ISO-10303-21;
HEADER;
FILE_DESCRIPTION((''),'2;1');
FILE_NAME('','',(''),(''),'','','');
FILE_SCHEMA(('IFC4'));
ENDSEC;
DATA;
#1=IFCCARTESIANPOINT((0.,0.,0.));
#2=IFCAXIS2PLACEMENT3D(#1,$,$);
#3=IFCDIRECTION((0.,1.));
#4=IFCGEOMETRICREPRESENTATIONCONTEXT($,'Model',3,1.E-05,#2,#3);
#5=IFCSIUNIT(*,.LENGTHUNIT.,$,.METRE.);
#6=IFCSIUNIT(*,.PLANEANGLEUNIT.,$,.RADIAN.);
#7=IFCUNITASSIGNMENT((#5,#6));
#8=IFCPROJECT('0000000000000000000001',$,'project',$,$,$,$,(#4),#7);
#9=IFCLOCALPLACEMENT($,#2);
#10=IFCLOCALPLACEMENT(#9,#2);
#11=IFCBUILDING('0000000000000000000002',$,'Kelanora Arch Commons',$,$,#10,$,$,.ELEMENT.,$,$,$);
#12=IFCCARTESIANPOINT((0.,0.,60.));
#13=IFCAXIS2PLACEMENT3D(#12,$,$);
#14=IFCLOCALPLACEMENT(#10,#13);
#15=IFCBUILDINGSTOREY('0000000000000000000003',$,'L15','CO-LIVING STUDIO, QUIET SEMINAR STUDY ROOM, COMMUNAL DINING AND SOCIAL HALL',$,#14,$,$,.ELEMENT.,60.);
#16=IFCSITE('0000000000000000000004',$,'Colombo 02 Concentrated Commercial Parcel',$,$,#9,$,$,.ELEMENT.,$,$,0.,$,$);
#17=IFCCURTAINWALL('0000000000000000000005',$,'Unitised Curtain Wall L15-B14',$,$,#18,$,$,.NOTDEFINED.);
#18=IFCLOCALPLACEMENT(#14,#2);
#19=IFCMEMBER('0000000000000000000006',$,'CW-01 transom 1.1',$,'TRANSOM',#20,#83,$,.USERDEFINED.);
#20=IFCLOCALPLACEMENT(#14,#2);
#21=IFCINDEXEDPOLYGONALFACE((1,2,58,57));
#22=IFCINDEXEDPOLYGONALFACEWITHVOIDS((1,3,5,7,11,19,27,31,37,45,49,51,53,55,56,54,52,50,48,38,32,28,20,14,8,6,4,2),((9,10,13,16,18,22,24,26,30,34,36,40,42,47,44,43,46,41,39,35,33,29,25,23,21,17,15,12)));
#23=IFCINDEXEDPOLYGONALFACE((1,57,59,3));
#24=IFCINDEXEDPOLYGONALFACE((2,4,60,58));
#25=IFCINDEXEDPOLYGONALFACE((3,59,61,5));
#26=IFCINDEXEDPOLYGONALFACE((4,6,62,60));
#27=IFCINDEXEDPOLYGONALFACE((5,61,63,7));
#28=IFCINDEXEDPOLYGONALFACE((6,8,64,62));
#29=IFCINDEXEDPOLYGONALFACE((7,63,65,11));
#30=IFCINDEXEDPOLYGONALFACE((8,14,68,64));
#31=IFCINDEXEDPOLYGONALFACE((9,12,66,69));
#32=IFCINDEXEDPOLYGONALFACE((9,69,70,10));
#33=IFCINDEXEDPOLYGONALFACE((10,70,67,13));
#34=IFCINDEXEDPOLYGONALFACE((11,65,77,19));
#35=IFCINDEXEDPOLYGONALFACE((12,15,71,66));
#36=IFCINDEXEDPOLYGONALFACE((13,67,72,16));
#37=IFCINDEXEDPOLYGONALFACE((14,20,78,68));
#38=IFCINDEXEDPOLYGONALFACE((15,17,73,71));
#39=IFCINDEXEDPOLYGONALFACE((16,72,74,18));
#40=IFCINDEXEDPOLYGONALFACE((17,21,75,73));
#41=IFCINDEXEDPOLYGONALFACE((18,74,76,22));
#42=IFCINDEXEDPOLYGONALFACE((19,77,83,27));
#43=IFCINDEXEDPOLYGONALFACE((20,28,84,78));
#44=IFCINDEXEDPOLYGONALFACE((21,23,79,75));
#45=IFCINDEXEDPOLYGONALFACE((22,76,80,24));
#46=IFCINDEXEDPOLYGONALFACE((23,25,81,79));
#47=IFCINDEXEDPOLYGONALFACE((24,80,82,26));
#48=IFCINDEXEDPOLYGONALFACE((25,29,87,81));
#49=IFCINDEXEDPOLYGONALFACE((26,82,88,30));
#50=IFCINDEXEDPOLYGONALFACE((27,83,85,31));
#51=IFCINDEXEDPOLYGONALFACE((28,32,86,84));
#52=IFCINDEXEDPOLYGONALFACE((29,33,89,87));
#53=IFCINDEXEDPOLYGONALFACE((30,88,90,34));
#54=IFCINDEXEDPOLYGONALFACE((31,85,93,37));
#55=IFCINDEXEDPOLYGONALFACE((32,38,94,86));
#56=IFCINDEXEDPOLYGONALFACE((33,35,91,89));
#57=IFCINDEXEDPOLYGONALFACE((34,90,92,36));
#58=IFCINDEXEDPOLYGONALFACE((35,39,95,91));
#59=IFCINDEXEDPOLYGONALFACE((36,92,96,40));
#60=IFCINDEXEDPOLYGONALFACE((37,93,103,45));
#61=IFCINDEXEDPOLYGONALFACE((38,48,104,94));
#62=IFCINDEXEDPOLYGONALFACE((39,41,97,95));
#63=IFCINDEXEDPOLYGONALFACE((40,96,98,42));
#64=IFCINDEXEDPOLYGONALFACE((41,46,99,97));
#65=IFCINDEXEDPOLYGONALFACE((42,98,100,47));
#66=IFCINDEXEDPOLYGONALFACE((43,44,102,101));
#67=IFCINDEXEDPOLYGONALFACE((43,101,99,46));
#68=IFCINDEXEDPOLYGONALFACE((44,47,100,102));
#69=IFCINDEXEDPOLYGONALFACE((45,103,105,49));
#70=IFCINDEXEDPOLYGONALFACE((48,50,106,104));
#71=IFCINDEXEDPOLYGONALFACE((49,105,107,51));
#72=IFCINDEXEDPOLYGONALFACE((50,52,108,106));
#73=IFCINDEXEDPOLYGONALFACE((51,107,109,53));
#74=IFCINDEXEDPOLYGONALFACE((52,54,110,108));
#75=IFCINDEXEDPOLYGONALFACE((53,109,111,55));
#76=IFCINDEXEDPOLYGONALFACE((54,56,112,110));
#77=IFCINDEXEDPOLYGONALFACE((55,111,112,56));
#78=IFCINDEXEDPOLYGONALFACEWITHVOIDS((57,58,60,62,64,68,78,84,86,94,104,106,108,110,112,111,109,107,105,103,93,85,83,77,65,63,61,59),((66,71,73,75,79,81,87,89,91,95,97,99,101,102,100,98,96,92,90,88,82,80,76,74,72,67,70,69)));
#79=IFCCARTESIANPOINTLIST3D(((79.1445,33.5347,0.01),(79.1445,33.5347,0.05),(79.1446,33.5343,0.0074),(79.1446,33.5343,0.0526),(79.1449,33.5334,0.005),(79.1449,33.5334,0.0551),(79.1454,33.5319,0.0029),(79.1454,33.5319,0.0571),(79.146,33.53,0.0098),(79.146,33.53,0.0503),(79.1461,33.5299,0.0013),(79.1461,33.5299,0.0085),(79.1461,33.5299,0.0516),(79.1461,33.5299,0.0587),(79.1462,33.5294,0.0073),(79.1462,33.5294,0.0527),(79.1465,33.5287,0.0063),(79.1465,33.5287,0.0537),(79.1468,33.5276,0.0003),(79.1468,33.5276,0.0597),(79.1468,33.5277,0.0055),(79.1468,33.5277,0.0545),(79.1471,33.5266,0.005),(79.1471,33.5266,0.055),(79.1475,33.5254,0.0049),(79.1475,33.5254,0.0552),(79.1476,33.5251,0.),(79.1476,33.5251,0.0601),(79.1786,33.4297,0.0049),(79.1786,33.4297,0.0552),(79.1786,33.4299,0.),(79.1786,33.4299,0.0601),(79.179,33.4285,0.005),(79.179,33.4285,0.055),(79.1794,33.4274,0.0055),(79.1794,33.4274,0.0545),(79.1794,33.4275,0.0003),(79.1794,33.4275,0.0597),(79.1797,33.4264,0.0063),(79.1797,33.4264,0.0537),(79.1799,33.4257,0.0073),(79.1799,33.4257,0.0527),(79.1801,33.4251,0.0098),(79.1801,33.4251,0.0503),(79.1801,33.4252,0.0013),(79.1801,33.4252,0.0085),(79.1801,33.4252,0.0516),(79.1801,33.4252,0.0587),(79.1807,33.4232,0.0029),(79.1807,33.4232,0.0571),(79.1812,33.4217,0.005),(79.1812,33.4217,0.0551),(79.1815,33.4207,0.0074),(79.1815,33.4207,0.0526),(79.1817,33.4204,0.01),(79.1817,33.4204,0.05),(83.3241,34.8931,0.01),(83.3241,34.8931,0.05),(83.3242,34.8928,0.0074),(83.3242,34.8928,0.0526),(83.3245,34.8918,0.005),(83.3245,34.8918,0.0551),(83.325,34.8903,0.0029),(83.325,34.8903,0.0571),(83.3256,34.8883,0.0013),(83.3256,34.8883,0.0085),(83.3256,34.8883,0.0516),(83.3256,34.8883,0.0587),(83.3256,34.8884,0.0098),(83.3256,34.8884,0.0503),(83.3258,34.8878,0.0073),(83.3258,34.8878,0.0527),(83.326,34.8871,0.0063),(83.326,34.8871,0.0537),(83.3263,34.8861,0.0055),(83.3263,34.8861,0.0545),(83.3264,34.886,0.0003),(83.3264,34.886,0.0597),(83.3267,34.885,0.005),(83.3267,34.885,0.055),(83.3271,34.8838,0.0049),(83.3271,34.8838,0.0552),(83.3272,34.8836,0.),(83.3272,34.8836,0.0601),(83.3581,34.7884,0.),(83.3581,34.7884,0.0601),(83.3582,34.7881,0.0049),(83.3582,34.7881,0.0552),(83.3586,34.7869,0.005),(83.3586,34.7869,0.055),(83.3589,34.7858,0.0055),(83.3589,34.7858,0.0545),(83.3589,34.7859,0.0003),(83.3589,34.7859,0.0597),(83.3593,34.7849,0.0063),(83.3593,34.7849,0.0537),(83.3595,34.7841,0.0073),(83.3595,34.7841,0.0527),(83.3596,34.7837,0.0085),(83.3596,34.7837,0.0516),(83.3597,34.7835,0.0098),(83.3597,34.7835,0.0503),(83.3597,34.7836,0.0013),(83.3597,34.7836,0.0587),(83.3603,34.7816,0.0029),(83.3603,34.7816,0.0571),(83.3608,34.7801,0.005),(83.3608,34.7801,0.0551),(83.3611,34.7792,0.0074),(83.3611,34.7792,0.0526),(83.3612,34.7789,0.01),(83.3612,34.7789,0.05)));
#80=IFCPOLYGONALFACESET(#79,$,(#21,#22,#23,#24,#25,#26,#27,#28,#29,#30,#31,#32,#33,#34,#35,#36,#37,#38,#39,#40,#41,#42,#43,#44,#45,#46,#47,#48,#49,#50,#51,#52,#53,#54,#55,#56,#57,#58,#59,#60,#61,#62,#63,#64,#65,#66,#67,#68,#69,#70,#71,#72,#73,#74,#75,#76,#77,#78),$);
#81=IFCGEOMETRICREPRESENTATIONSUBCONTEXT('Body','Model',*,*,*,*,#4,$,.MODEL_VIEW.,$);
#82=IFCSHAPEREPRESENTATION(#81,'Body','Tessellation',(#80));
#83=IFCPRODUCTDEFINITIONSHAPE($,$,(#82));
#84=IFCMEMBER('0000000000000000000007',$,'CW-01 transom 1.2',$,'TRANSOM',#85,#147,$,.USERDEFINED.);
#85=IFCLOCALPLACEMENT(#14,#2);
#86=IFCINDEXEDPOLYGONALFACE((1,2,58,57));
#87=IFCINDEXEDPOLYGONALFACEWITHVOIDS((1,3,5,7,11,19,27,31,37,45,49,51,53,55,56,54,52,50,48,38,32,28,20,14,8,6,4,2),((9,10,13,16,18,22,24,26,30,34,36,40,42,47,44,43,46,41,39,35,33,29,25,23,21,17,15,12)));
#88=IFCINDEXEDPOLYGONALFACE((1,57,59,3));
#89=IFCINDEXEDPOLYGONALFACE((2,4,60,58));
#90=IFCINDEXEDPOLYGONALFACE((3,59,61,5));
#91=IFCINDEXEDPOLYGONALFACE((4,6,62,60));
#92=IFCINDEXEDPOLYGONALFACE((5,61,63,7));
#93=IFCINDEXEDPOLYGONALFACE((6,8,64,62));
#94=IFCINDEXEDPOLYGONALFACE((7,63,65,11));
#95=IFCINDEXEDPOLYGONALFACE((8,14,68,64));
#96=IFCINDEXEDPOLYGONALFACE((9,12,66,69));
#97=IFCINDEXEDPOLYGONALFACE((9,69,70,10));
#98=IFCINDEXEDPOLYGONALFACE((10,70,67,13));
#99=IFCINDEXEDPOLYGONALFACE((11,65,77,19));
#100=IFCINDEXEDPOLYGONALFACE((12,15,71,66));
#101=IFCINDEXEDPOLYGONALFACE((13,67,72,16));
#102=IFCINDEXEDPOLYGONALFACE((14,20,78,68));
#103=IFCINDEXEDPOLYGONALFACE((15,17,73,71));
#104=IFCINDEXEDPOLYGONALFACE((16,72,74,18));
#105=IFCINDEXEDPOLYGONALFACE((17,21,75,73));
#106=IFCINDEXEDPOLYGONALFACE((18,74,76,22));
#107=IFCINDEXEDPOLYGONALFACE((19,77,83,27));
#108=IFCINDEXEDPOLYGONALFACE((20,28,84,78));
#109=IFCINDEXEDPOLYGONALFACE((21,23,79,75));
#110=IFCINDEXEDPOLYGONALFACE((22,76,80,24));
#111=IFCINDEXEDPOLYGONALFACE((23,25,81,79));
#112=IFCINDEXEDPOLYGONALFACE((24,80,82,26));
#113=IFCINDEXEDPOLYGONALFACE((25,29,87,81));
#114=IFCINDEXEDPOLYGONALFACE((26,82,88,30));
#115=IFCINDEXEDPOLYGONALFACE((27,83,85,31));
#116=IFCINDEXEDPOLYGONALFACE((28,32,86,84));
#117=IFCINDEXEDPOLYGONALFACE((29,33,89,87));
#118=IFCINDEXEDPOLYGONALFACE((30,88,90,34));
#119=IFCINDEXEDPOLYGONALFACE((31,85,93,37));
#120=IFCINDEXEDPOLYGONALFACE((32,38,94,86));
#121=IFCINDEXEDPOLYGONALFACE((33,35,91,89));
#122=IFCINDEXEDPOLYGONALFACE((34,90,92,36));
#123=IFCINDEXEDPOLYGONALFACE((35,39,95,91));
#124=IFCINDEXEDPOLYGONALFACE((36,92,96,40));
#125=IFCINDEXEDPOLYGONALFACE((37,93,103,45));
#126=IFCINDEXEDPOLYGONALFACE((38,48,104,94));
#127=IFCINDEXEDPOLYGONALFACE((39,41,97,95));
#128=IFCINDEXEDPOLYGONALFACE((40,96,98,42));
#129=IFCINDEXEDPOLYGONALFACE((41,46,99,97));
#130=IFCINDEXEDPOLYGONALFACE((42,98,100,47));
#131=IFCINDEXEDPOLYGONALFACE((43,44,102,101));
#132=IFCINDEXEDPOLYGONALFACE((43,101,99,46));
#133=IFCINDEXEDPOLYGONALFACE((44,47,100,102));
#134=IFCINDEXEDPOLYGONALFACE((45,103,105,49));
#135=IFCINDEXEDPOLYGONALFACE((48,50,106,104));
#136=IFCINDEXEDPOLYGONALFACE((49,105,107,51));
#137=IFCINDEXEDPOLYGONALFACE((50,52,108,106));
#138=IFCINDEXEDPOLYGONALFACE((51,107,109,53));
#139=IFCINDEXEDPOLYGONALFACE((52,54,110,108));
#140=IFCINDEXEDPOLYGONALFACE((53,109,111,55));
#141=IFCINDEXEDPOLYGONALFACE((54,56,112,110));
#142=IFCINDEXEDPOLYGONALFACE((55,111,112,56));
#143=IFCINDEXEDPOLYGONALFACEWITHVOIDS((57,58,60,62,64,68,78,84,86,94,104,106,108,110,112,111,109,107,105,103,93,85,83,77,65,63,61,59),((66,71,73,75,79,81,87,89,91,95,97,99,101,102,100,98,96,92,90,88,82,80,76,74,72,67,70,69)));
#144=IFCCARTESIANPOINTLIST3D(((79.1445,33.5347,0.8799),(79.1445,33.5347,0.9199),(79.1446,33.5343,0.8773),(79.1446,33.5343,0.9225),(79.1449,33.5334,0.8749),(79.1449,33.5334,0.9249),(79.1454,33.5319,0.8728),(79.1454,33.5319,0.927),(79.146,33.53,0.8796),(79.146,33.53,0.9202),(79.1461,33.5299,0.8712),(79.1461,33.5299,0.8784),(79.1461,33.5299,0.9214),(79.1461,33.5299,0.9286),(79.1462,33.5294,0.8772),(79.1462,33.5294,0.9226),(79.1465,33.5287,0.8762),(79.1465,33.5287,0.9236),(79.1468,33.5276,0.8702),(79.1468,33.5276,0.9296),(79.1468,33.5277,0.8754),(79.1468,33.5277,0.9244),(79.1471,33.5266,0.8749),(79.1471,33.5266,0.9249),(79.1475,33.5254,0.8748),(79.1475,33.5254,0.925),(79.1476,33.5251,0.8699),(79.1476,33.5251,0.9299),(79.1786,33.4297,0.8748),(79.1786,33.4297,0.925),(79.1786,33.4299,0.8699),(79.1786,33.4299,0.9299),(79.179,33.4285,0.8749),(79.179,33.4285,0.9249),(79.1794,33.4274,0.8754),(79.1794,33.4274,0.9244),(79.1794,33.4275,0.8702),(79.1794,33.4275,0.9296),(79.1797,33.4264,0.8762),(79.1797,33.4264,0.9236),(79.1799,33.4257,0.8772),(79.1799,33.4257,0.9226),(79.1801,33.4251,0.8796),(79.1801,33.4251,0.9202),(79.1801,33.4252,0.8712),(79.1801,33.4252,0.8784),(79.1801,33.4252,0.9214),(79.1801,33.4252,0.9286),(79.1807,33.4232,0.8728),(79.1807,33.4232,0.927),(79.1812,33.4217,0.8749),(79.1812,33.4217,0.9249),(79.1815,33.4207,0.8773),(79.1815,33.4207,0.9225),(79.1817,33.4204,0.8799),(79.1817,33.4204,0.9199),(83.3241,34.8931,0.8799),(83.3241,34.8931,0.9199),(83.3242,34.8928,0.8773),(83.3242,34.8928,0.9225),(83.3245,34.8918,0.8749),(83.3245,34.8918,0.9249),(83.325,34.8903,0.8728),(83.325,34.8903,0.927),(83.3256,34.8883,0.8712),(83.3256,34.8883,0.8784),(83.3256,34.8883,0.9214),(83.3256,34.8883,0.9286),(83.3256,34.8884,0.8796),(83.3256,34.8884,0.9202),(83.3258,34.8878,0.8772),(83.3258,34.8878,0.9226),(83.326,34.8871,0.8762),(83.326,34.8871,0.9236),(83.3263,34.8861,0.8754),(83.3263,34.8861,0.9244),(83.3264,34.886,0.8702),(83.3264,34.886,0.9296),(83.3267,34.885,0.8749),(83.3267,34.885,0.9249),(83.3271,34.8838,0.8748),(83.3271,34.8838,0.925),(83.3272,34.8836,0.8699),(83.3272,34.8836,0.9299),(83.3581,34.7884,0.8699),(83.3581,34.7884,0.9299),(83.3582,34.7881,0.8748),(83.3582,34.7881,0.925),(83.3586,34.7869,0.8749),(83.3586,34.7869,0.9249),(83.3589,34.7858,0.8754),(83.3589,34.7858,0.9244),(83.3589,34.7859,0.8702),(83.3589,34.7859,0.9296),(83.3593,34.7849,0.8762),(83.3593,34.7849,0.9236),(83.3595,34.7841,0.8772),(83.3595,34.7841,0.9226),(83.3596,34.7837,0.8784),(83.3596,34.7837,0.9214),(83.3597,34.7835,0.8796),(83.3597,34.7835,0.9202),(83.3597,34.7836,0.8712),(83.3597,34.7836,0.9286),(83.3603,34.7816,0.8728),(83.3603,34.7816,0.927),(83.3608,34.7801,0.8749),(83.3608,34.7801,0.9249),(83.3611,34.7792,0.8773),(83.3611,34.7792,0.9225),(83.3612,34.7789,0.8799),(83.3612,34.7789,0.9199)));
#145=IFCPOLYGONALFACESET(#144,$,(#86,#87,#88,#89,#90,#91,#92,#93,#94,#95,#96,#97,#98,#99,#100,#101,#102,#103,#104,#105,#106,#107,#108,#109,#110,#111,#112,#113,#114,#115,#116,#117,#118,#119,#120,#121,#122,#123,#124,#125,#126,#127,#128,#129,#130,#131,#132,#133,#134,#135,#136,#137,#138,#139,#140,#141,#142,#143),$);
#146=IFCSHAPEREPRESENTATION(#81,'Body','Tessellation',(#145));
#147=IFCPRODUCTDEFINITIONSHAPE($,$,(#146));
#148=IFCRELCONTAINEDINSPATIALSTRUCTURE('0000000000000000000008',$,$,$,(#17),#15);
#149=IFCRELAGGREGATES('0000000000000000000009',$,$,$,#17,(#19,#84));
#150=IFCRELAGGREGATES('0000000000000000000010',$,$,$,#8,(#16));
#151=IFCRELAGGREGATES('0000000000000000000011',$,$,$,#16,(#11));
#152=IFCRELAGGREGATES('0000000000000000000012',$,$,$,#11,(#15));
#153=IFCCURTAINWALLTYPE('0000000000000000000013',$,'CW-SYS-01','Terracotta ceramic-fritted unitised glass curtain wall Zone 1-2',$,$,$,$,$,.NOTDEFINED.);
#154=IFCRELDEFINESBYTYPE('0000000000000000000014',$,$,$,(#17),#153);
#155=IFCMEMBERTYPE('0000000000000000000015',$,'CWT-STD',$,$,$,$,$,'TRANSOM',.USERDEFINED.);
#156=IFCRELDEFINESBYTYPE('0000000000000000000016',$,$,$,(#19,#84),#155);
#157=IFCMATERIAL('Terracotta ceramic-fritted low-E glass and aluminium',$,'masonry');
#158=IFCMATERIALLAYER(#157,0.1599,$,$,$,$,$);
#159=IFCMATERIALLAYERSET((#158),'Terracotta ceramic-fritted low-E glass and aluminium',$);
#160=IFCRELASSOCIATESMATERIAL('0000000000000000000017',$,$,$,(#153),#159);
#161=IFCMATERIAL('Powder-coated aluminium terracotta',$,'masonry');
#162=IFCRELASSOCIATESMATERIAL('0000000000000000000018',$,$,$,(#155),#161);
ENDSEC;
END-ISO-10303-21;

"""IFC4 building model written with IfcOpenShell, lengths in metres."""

from ifc_helpers import new_model, si_unit, direction, frame, origin, origin_2d, place, context, subcontext, project, spatial, hollow_rectangle, extrude, material, layer, layer_set, material_profile, profile_set, type_object, element, aggregate, save


model = new_model("IFC4")

# Units and contexts
model_context = context("Model", 3, precision=1e-05, world=origin(), true_north=direction((0.0, 1.0)))
body_context = subcontext(model_context, "Body", "Model", "MODEL_VIEW")
ifc_project = project(units=[si_unit("LENGTHUNIT", "METRE"), si_unit("PLANEANGLEUNIT", "RADIAN")], contexts=[model_context])

# Site, building, storey
site_placement = place(None, origin())
site = spatial("IfcSite", under=ifc_project, at=site_placement, Name="Colombo 02 Concentrated Commercial Parcel", CompositionType="ELEMENT", RefElevation=0.0)
building_placement = place(site_placement, origin())
building = spatial("IfcBuilding", under=site, at=building_placement, Name="Kelanora Arch Commons", CompositionType="ELEMENT")
storey_placement = place(building_placement, frame((0.0, 0.0, 60.0)))
storey = spatial("IfcBuildingStorey", under=building, at=storey_placement, Name="L15", Description="CO-LIVING STUDIO, QUIET SEMINAR STUDY ROOM, COMMUNAL DINING AND SOCIAL HALL", CompositionType="ELEMENT", Elevation=60.0)

# Curtain wall, members
ifc_material_1 = material(Name="Terracotta ceramic-fritted low-E glass and aluminium", Category="masonry")
ifc_layer_1 = layer(ifc_material_1, 0.1599)
ifc_layer_set_1 = layer_set([ifc_layer_1], Name="Terracotta ceramic-fritted low-E glass and aluminium")
curtain_wall_type = type_object("IfcCurtainWallType", Name="CW-SYS-01", Description="Terracotta ceramic-fritted unitised glass curtain wall Zone 1-2", PredefinedType="NOTDEFINED", material=ifc_layer_set_1)
curtain_wall_placement = place(storey_placement, origin())
curtain_wall = element("IfcCurtainWall", 1, at=curtain_wall_placement, inside=storey, type_object=curtain_wall_type, Name="Unitised Curtain Wall L15-B14", PredefinedType="NOTDEFINED")
ifc_material_2 = material(Name="Powder-coated aluminium terracotta", Category="masonry")
ifc_material_profile_1 = material_profile(ifc_material_2, hollow_rectangle(XDim=0.1201, YDim=0.0601, WallThickness=0.0049, InnerFilletRadius=0.0049, OuterFilletRadius=0.01, at=origin_2d()), Name="CWT120x60")
ifc_profile_set_1 = profile_set([ifc_material_profile_1], Name="Powder-coated aluminium terracotta")
member_type_1 = type_object("IfcMemberType", Name="CWT-STD", ElementType="TRANSOM", PredefinedType="USERDEFINED", material=ifc_profile_set_1)
member_1_placement = place(storey_placement, frame((79.1631, 33.4775, 0.03), z_axis=(0.951029, 0.309102, 0.0), x_axis=(-0.309102, 0.951029, 0.0)))
member_1 = element("IfcMember", 2, at=member_1_placement, type_object=member_type_1, Name="CW-01 transom 1.1", ObjectType="TRANSOM", PredefinedType="USERDEFINED", context=body_context, shape_type="SweptSolid", body=[
    extrude(hollow_rectangle(XDim=0.1201, YDim=0.0601, WallThickness=0.0049, InnerFilletRadius=0.0049, OuterFilletRadius=0.01, at=origin_2d()), origin(), (0.0, 0.0, 1.0), 4.3948),
])
member_2_placement = place(storey_placement, frame((79.1631, 33.4775, 0.8999), z_axis=(0.951029, 0.309102, 0.0), x_axis=(-0.309102, 0.951029, 0.0)))
member_2 = element("IfcMember", 3, at=member_2_placement, type_object=member_type_1, Name="CW-01 transom 1.2", ObjectType="TRANSOM", PredefinedType="USERDEFINED", context=body_context, shape_type="SweptSolid", body=[
    extrude(hollow_rectangle(XDim=0.1201, YDim=0.0601, WallThickness=0.0049, InnerFilletRadius=0.0049, OuterFilletRadius=0.01, at=origin_2d()), origin(), (0.0, 0.0, 1.0), 4.3948),
])
aggregate(curtain_wall, [member_1, member_2])

save(model, "model.ifc")
